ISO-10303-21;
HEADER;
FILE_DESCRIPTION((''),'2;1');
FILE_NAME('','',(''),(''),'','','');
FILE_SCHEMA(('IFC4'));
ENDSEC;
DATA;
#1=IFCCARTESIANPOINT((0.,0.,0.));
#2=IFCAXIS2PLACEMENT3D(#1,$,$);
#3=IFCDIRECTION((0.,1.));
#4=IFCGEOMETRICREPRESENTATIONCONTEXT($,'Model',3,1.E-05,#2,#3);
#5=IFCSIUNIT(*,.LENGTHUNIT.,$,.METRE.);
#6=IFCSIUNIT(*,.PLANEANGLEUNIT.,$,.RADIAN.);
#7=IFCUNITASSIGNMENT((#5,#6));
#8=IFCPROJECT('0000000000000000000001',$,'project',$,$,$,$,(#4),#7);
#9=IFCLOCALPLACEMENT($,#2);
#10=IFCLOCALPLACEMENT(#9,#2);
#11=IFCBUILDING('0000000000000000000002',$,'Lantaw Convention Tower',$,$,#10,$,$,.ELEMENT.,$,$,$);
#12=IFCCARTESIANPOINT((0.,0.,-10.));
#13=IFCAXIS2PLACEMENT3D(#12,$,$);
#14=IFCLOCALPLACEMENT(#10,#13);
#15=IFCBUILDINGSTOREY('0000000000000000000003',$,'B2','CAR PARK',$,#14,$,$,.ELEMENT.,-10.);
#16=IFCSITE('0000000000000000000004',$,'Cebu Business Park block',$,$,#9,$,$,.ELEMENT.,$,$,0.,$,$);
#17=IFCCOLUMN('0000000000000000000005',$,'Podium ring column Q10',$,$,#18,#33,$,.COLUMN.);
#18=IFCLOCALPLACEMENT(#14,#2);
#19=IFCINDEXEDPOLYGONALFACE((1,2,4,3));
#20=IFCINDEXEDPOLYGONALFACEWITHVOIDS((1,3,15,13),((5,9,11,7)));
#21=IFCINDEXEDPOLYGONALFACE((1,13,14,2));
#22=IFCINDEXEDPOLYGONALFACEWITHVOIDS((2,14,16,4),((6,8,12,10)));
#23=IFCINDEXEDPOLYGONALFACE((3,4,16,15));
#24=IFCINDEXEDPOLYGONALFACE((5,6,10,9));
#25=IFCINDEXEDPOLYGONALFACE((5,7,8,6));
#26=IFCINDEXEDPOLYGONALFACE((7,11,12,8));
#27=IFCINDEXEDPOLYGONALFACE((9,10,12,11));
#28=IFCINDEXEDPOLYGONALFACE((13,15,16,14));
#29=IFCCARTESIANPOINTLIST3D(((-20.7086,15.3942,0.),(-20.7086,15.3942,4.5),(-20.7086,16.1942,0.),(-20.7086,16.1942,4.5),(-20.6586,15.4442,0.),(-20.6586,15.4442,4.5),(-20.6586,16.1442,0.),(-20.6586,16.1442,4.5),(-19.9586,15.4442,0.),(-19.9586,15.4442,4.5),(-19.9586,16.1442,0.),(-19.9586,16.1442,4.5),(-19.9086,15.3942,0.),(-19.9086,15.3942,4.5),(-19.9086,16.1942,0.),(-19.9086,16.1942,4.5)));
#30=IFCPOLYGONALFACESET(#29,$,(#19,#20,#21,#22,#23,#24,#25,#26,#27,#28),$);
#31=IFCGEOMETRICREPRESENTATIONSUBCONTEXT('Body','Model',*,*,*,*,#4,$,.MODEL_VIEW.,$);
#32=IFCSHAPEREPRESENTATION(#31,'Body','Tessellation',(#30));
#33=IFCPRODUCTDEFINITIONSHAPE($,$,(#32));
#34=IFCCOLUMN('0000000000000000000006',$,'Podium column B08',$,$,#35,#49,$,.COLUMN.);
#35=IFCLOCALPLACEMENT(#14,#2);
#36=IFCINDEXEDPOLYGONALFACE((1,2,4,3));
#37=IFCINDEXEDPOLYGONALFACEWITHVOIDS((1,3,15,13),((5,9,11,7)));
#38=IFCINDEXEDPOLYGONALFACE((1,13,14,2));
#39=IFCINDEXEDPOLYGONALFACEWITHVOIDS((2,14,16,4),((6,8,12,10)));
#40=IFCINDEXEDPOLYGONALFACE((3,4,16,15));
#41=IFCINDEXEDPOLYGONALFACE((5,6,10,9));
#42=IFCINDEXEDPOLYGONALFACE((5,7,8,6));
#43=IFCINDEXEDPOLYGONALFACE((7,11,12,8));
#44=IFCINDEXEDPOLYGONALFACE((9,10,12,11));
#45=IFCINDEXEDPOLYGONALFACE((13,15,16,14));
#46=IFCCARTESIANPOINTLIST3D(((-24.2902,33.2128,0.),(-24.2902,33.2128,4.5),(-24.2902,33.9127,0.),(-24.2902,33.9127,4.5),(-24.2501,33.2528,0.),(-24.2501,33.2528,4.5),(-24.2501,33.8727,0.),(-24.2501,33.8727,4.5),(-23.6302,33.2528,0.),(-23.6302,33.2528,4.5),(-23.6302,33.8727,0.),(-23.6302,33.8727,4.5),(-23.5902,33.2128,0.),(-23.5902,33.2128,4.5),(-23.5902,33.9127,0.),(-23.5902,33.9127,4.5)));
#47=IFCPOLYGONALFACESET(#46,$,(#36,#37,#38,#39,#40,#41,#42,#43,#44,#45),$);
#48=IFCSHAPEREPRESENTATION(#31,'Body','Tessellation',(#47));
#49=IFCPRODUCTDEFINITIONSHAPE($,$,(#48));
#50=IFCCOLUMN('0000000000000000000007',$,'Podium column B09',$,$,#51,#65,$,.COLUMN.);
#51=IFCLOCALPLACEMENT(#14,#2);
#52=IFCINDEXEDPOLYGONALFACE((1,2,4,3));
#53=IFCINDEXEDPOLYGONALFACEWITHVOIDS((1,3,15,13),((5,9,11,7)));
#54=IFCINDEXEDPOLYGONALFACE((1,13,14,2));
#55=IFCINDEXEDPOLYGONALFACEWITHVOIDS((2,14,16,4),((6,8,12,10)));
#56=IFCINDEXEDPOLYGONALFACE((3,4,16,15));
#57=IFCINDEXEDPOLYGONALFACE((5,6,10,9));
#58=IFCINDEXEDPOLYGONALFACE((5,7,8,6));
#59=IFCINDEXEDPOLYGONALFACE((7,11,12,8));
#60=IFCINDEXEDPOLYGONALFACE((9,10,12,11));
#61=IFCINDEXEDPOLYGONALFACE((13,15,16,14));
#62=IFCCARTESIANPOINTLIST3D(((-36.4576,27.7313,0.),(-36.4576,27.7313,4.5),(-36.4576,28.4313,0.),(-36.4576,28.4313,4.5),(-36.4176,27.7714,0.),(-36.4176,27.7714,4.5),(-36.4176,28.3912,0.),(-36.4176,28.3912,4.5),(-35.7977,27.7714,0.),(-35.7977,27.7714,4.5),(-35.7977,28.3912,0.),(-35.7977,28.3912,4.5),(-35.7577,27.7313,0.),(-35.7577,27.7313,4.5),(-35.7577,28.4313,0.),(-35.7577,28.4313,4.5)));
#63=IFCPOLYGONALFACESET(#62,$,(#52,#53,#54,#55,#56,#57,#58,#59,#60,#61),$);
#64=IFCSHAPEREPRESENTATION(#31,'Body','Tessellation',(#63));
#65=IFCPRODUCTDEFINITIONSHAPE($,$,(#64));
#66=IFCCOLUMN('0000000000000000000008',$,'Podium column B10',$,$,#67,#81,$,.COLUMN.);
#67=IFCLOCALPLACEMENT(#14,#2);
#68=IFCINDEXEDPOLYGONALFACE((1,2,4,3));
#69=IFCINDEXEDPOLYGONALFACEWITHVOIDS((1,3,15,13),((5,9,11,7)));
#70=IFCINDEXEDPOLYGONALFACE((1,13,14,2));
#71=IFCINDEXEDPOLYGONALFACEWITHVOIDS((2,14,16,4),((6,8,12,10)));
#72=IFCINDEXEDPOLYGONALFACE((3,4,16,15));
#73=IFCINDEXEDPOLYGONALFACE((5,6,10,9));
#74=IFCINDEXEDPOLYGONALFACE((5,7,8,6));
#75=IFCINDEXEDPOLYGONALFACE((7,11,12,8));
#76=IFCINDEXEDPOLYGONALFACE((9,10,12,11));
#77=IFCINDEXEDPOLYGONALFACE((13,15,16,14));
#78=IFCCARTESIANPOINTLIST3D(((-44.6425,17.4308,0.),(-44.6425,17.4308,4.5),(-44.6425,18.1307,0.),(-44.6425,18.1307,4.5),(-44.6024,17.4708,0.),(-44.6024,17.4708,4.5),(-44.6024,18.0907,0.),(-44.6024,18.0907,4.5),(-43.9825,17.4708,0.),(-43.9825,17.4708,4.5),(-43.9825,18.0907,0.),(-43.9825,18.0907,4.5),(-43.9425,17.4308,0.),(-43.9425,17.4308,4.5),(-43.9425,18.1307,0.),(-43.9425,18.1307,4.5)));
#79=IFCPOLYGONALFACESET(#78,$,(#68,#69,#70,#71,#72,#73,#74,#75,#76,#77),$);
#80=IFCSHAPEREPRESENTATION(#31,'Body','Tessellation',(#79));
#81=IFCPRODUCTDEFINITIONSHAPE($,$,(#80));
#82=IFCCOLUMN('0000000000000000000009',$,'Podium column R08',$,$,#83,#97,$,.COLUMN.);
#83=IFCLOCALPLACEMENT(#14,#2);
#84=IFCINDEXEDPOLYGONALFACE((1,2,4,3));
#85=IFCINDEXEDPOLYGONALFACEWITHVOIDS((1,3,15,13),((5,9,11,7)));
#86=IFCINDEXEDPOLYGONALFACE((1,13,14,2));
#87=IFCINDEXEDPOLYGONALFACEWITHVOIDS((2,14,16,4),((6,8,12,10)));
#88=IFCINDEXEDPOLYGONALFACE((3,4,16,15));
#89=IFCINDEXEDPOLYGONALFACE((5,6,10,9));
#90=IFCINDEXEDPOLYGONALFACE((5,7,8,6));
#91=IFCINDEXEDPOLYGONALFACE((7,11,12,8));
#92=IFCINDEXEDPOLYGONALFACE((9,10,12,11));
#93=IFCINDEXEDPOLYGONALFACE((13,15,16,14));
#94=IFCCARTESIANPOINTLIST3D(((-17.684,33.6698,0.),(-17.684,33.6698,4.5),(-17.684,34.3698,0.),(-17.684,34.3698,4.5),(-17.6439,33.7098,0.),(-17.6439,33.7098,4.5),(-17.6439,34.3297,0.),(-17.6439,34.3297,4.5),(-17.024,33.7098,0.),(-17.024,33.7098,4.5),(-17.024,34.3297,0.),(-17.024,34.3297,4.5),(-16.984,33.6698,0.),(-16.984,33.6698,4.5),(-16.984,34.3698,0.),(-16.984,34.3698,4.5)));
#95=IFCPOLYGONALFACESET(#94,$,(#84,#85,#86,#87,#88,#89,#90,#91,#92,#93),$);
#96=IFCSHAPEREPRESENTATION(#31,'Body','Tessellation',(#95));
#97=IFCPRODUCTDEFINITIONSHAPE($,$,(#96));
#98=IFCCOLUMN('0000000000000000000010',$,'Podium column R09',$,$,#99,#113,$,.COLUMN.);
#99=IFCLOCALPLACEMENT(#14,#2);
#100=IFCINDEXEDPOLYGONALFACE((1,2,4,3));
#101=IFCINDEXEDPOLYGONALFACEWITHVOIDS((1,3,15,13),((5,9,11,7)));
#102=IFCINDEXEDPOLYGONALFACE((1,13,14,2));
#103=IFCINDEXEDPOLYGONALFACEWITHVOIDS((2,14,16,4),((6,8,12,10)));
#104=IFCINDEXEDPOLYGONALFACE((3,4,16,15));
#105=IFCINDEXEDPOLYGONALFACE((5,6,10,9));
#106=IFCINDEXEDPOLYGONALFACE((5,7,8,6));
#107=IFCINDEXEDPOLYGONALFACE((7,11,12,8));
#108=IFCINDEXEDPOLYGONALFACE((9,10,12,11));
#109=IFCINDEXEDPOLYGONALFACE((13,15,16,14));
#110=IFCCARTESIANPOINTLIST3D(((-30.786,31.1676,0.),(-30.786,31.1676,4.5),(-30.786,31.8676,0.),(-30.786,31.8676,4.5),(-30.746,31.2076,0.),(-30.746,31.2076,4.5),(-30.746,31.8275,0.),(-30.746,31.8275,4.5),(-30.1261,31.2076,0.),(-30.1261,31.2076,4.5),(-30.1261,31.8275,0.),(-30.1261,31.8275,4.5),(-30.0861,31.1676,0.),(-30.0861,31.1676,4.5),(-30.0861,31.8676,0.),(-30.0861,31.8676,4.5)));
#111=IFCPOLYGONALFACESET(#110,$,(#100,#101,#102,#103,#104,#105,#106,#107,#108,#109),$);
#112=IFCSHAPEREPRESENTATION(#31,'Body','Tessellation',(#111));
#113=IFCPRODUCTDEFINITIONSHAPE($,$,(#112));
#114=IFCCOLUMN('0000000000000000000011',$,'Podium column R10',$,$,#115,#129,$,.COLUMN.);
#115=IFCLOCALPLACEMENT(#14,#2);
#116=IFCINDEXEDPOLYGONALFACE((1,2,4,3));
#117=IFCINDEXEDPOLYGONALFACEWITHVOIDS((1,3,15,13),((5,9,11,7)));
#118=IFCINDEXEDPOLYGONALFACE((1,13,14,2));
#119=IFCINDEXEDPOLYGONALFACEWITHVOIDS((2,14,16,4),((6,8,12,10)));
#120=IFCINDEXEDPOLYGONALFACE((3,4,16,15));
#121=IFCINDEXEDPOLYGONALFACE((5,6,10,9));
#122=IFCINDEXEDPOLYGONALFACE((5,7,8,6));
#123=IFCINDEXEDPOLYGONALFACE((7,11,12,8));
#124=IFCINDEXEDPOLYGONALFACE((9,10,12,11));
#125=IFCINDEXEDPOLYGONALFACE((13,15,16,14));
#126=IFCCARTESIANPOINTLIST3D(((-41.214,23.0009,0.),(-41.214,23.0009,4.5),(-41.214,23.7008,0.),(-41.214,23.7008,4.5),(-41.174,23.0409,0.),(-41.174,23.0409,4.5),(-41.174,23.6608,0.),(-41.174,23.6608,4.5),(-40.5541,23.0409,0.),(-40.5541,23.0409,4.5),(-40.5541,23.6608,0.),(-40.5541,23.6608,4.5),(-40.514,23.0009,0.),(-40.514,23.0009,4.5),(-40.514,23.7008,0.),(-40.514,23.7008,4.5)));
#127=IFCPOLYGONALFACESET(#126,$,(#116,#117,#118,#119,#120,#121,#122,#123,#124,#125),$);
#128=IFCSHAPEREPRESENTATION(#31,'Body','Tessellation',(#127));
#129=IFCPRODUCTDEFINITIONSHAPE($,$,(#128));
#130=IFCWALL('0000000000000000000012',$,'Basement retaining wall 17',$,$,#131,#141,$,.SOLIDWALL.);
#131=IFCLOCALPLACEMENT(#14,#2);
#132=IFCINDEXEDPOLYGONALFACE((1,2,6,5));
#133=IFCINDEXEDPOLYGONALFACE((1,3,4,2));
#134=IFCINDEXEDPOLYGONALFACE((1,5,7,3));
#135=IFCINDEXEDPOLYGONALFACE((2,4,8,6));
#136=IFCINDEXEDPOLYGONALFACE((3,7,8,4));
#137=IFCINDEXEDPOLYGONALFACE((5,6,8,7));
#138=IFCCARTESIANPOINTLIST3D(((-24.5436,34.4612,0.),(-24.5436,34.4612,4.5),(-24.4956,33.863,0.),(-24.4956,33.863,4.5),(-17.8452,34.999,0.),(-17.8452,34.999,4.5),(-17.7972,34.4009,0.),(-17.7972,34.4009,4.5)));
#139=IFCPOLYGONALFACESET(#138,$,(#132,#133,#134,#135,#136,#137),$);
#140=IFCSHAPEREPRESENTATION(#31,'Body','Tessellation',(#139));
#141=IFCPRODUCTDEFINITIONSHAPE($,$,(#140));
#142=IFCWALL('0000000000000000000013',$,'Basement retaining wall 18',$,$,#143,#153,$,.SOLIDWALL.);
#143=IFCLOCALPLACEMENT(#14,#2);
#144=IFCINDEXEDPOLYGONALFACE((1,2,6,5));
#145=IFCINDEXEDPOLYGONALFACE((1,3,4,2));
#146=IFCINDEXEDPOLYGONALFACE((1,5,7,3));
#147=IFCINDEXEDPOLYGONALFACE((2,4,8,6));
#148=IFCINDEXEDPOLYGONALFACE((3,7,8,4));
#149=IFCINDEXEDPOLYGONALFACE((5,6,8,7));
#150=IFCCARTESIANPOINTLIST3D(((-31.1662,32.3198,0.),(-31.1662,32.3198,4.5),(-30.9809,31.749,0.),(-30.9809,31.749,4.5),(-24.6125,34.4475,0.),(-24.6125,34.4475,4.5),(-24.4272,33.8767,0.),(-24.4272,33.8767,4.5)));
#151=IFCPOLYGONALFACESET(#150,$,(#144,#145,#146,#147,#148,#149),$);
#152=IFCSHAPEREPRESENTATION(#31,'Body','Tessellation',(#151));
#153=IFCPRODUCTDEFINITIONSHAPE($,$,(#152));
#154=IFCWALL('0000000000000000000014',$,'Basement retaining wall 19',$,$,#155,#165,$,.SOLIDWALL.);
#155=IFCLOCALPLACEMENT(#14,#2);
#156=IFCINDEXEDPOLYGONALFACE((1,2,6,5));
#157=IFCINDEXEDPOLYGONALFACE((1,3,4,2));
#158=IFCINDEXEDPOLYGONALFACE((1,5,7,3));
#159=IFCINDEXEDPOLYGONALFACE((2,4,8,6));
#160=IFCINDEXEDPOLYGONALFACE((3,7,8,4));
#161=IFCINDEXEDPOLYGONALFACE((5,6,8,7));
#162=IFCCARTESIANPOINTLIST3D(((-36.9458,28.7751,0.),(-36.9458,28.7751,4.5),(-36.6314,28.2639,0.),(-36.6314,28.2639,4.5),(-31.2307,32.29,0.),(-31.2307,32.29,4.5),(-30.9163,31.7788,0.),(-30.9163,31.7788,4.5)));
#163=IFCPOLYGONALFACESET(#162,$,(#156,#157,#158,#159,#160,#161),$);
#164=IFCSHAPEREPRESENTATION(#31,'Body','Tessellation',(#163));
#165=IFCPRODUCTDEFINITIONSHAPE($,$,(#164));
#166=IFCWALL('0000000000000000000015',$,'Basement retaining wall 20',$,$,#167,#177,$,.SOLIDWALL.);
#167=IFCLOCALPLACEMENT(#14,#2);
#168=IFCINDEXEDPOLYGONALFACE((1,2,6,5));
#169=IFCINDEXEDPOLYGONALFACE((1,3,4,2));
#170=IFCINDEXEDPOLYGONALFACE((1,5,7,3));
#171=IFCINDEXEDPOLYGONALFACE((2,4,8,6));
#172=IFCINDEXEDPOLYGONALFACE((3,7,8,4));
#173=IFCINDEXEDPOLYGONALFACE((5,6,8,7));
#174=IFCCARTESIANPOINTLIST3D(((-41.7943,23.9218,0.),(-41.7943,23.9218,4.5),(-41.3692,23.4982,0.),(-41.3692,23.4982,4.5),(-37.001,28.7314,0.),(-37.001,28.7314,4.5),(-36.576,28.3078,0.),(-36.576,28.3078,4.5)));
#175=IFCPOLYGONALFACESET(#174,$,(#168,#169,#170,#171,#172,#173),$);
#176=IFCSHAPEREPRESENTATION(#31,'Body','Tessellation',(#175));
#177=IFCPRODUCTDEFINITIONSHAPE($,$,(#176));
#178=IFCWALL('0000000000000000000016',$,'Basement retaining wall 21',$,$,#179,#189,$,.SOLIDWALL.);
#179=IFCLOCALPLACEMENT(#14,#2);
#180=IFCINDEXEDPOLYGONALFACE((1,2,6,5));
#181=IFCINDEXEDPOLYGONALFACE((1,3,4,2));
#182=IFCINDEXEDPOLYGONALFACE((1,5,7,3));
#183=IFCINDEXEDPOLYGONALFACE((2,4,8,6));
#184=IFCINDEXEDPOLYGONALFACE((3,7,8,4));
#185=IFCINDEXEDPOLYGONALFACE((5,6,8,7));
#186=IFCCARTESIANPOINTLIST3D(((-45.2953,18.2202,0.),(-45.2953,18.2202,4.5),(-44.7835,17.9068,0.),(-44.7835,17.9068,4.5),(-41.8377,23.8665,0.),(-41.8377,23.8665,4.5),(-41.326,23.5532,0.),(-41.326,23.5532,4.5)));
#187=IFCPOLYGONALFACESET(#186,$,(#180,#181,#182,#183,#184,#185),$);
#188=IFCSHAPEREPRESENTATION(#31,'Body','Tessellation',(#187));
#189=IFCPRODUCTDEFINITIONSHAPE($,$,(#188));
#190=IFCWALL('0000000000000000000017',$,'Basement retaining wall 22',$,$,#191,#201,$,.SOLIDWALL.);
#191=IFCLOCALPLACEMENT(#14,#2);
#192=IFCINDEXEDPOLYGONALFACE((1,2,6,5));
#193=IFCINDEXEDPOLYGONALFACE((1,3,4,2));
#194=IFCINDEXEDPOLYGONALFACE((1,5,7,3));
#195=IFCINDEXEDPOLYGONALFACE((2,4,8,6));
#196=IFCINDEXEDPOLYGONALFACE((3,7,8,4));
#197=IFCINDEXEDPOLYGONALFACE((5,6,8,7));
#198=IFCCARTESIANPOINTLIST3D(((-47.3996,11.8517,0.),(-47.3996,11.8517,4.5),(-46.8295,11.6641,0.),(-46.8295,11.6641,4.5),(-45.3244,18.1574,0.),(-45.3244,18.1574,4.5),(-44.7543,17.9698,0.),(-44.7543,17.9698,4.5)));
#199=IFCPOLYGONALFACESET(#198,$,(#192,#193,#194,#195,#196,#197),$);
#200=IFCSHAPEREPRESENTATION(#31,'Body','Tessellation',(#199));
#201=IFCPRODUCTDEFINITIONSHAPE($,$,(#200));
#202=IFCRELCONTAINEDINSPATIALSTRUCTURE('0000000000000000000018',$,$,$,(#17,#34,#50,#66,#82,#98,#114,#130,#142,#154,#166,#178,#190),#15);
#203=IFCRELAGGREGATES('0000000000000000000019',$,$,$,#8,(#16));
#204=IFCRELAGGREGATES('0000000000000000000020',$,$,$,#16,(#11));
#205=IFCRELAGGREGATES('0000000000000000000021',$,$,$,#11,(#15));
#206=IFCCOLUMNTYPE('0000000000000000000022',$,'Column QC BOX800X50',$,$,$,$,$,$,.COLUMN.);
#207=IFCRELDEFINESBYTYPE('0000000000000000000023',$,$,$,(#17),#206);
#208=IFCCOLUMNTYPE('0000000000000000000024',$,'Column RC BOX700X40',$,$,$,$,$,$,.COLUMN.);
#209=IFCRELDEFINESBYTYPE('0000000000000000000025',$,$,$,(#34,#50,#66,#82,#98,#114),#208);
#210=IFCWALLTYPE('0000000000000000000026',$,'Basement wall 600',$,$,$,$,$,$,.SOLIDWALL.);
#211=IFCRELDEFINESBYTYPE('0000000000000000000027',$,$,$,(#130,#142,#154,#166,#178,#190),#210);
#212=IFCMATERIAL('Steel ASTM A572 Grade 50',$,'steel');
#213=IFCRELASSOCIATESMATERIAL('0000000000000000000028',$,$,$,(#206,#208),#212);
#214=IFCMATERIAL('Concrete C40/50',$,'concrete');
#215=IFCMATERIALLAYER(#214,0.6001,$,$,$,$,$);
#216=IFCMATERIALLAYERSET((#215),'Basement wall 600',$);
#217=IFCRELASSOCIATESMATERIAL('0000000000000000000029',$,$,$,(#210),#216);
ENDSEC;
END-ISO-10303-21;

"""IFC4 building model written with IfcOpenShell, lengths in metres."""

from ifc_helpers import new_model, si_unit, direction, frame, frame_2d, origin, origin_2d, place, context, subcontext, project, spatial, rectangle, hollow_rectangle, extrude, material, layer, layer_set, material_profile, profile_set, type_object, element, save


model = new_model("IFC4")

# Units and contexts
model_context = context("Model", 3, precision=1e-05, world=origin(), true_north=direction((0.0, 1.0)))
body_context = subcontext(model_context, "Body", "Model", "MODEL_VIEW")
ifc_project = project(units=[si_unit("LENGTHUNIT", "METRE"), si_unit("PLANEANGLEUNIT", "RADIAN")], contexts=[model_context])

# Site, building, storey
site_placement = place(None, origin())
site = spatial("IfcSite", under=ifc_project, at=site_placement, Name="Cebu Business Park block", CompositionType="ELEMENT", RefElevation=0.0)
building_placement = place(site_placement, origin())
building = spatial("IfcBuilding", under=site, at=building_placement, Name="Lantaw Convention Tower", CompositionType="ELEMENT")
storey_placement = place(building_placement, frame((0.0, 0.0, -10.0)))
storey = spatial("IfcBuildingStorey", under=building, at=storey_placement, Name="B2", Description="CAR PARK", CompositionType="ELEMENT", Elevation=-10.0)

# Columns
ifc_material_1 = material(Name="Steel ASTM A572 Grade 50", Category="steel")
ifc_material_profile_1 = material_profile(ifc_material_1, hollow_rectangle(XDim=0.8, YDim=0.8, WallThickness=0.05, at=origin_2d()), Name="BOX800X50")
ifc_profile_set_1 = profile_set([ifc_material_profile_1], Name="Steel ASTM A572 Grade 50")
column_type_1 = type_object("IfcColumnType", Name="Column QC BOX800X50", PredefinedType="COLUMN", material=ifc_profile_set_1)
column_1_placement = place(storey_placement, frame((-20.3086, 15.7942, 0.0), z_axis=(0.0, 0.0, 1.0), x_axis=(1.0, 0.0, 0.0)))
element("IfcColumn", 1, at=column_1_placement, inside=storey, type_object=column_type_1, Name="Podium ring column Q10", PredefinedType="COLUMN", context=body_context, shape_type="SweptSolid", body=[
    extrude(hollow_rectangle(XDim=0.8, YDim=0.8, WallThickness=0.05, at=origin_2d()), origin(), (0.0, 0.0, 1.0), 4.5),
])
ifc_material_profile_2 = material_profile(ifc_material_1, hollow_rectangle(XDim=0.7, YDim=0.7, WallThickness=0.04, at=origin_2d()), Name="BOX700X40")
ifc_profile_set_2 = profile_set([ifc_material_profile_2], Name="Steel ASTM A572 Grade 50")
column_type_2 = type_object("IfcColumnType", Name="Column RC BOX700X40", PredefinedType="COLUMN", material=ifc_profile_set_2)
for number, where, z_axis, x_axis, name in (
    (2, (-23.9402, 33.5627, 0.0), (0.0, 0.0, 1.0), (1.0, 0.0, 0.0), "Podium column B08"),
    (3, (-36.1077, 28.0813, 0.0), (0.0, 0.0, 1.0), (1.0, 0.0, 0.0), "Podium column B09"),
    (4, (-44.2925, 17.7808, 0.0), (0.0, 0.0, 1.0), (1.0, 0.0, 0.0), "Podium column B10"),
    (5, (-17.334, 34.0198, 0.0), (0.0, 0.0, 1.0), (1.0, 0.0, 0.0), "Podium column R08"),
    (6, (-30.436, 31.5176, 0.0), (0.0, 0.0, 1.0), (1.0, 0.0, 0.0), "Podium column R09"),
    (7, (-40.864, 23.3508, 0.0), (0.0, 0.0, 1.0), (1.0, 0.0, 0.0), "Podium column R10"),
):
    element("IfcColumn", number, at=place(storey_placement, frame(where, z_axis=z_axis, x_axis=x_axis)), inside=storey, type_object=column_type_2, Name=name, PredefinedType="COLUMN", context=body_context, shape_type="SweptSolid", body=[
        extrude(hollow_rectangle(XDim=0.7, YDim=0.7, WallThickness=0.04, at=origin_2d()), origin(), (0.0, 0.0, 1.0), 4.5),
    ])

# Walls
ifc_material_2 = material(Name="Concrete C40/50", Category="concrete")
ifc_layer_1 = layer(ifc_material_2, 0.6001)
ifc_layer_set_1 = layer_set([ifc_layer_1], Name="Basement wall 600")
wall_type_1 = type_object("IfcWallType", Name="Basement wall 600", PredefinedType="SOLIDWALL", material=ifc_layer_set_1)
wall_1_placement = place(storey_placement, frame((-17.8213, 34.7, 0.0), z_axis=(0.0, 0.0, 1.0), x_axis=(-0.996792, -0.080035, 0.0)))
element("IfcWall", 8, at=wall_1_placement, inside=storey, type_object=wall_type_1, Name="Basement retaining wall 17", PredefinedType="SOLIDWALL", context=body_context, shape_type="SweptSolid", body=[
    extrude(rectangle(XDim=6.72, YDim=0.6001, at=frame_2d((3.3599, 0.0))), origin(), (0.0, 0.0, 1.0), 4.5),
])
wall_2_placement = place(storey_placement, frame((-24.5198, 34.1621, 0.0), z_axis=(0.0, 0.0, 1.0), x_axis=(-0.951131, -0.308788, 0.0)))
element("IfcWall", 9, at=wall_2_placement, inside=storey, type_object=wall_type_1, Name="Basement retaining wall 18", PredefinedType="SOLIDWALL", context=body_context, shape_type="SweptSolid", body=[
    extrude(rectangle(XDim=6.8904, YDim=0.6001, at=frame_2d((3.4453, 0.0))), origin(), (0.0, 0.0, 1.0), 4.5),
])
wall_3_placement = place(storey_placement, frame((-31.0735, 32.0344, 0.0), z_axis=(0.0, 0.0, 1.0), x_axis=(-0.851797, -0.523872, 0.0)))
element("IfcWall", 10, at=wall_3_placement, inside=storey, type_object=wall_type_1, Name="Basement retaining wall 19", PredefinedType="SOLIDWALL", context=body_context, shape_type="SweptSolid", body=[
    extrude(rectangle(XDim=6.7095, YDim=0.6001, at=frame_2d((3.3547, 0.0))), origin(), (0.0, 0.0, 1.0), 4.5),
])
wall_4_placement = place(storey_placement, frame((-36.7886, 28.5195, 0.0), z_axis=(0.0, 0.0, 1.0), x_axis=(-0.705901, -0.70831, 0.0)))
element("IfcWall", 11, at=wall_4_placement, inside=storey, type_object=wall_type_1, Name="Basement retaining wall 20", PredefinedType="SOLIDWALL", context=body_context, shape_type="SweptSolid", body=[
    extrude(rectangle(XDim=6.7903, YDim=0.6001, at=frame_2d((3.395, 0.0))), origin(), (0.0, 0.0, 1.0), 4.5),
])
wall_5_placement = place(storey_placement, frame((-41.5818, 23.71, 0.0), z_axis=(0.0, 0.0, 1.0), x_axis=(-0.522224, -0.852808, 0.0)))
element("IfcWall", 12, at=wall_5_placement, inside=storey, type_object=wall_type_1, Name="Basement retaining wall 21", PredefinedType="SOLIDWALL", context=body_context, shape_type="SweptSolid", body=[
    extrude(rectangle(XDim=6.6208, YDim=0.6001, at=frame_2d((3.3105, 0.0))), origin(), (0.0, 0.0, 1.0), 4.5),
])
wall_6_placement = place(storey_placement, frame((-45.0393, 18.0637, 0.0), z_axis=(0.0, 0.0, 1.0), x_axis=(-0.312607, -0.949883, 0.0)))
element("IfcWall", 13, at=wall_6_placement, inside=storey, type_object=wall_type_1, Name="Basement retaining wall 22", PredefinedType="SOLIDWALL", context=body_context, shape_type="SweptSolid", body=[
    extrude(rectangle(XDim=6.6384, YDim=0.6001, at=frame_2d((3.3193, 0.0))), origin(), (0.0, 0.0, 1.0), 4.5),
])

save(model, "model.ifc")
